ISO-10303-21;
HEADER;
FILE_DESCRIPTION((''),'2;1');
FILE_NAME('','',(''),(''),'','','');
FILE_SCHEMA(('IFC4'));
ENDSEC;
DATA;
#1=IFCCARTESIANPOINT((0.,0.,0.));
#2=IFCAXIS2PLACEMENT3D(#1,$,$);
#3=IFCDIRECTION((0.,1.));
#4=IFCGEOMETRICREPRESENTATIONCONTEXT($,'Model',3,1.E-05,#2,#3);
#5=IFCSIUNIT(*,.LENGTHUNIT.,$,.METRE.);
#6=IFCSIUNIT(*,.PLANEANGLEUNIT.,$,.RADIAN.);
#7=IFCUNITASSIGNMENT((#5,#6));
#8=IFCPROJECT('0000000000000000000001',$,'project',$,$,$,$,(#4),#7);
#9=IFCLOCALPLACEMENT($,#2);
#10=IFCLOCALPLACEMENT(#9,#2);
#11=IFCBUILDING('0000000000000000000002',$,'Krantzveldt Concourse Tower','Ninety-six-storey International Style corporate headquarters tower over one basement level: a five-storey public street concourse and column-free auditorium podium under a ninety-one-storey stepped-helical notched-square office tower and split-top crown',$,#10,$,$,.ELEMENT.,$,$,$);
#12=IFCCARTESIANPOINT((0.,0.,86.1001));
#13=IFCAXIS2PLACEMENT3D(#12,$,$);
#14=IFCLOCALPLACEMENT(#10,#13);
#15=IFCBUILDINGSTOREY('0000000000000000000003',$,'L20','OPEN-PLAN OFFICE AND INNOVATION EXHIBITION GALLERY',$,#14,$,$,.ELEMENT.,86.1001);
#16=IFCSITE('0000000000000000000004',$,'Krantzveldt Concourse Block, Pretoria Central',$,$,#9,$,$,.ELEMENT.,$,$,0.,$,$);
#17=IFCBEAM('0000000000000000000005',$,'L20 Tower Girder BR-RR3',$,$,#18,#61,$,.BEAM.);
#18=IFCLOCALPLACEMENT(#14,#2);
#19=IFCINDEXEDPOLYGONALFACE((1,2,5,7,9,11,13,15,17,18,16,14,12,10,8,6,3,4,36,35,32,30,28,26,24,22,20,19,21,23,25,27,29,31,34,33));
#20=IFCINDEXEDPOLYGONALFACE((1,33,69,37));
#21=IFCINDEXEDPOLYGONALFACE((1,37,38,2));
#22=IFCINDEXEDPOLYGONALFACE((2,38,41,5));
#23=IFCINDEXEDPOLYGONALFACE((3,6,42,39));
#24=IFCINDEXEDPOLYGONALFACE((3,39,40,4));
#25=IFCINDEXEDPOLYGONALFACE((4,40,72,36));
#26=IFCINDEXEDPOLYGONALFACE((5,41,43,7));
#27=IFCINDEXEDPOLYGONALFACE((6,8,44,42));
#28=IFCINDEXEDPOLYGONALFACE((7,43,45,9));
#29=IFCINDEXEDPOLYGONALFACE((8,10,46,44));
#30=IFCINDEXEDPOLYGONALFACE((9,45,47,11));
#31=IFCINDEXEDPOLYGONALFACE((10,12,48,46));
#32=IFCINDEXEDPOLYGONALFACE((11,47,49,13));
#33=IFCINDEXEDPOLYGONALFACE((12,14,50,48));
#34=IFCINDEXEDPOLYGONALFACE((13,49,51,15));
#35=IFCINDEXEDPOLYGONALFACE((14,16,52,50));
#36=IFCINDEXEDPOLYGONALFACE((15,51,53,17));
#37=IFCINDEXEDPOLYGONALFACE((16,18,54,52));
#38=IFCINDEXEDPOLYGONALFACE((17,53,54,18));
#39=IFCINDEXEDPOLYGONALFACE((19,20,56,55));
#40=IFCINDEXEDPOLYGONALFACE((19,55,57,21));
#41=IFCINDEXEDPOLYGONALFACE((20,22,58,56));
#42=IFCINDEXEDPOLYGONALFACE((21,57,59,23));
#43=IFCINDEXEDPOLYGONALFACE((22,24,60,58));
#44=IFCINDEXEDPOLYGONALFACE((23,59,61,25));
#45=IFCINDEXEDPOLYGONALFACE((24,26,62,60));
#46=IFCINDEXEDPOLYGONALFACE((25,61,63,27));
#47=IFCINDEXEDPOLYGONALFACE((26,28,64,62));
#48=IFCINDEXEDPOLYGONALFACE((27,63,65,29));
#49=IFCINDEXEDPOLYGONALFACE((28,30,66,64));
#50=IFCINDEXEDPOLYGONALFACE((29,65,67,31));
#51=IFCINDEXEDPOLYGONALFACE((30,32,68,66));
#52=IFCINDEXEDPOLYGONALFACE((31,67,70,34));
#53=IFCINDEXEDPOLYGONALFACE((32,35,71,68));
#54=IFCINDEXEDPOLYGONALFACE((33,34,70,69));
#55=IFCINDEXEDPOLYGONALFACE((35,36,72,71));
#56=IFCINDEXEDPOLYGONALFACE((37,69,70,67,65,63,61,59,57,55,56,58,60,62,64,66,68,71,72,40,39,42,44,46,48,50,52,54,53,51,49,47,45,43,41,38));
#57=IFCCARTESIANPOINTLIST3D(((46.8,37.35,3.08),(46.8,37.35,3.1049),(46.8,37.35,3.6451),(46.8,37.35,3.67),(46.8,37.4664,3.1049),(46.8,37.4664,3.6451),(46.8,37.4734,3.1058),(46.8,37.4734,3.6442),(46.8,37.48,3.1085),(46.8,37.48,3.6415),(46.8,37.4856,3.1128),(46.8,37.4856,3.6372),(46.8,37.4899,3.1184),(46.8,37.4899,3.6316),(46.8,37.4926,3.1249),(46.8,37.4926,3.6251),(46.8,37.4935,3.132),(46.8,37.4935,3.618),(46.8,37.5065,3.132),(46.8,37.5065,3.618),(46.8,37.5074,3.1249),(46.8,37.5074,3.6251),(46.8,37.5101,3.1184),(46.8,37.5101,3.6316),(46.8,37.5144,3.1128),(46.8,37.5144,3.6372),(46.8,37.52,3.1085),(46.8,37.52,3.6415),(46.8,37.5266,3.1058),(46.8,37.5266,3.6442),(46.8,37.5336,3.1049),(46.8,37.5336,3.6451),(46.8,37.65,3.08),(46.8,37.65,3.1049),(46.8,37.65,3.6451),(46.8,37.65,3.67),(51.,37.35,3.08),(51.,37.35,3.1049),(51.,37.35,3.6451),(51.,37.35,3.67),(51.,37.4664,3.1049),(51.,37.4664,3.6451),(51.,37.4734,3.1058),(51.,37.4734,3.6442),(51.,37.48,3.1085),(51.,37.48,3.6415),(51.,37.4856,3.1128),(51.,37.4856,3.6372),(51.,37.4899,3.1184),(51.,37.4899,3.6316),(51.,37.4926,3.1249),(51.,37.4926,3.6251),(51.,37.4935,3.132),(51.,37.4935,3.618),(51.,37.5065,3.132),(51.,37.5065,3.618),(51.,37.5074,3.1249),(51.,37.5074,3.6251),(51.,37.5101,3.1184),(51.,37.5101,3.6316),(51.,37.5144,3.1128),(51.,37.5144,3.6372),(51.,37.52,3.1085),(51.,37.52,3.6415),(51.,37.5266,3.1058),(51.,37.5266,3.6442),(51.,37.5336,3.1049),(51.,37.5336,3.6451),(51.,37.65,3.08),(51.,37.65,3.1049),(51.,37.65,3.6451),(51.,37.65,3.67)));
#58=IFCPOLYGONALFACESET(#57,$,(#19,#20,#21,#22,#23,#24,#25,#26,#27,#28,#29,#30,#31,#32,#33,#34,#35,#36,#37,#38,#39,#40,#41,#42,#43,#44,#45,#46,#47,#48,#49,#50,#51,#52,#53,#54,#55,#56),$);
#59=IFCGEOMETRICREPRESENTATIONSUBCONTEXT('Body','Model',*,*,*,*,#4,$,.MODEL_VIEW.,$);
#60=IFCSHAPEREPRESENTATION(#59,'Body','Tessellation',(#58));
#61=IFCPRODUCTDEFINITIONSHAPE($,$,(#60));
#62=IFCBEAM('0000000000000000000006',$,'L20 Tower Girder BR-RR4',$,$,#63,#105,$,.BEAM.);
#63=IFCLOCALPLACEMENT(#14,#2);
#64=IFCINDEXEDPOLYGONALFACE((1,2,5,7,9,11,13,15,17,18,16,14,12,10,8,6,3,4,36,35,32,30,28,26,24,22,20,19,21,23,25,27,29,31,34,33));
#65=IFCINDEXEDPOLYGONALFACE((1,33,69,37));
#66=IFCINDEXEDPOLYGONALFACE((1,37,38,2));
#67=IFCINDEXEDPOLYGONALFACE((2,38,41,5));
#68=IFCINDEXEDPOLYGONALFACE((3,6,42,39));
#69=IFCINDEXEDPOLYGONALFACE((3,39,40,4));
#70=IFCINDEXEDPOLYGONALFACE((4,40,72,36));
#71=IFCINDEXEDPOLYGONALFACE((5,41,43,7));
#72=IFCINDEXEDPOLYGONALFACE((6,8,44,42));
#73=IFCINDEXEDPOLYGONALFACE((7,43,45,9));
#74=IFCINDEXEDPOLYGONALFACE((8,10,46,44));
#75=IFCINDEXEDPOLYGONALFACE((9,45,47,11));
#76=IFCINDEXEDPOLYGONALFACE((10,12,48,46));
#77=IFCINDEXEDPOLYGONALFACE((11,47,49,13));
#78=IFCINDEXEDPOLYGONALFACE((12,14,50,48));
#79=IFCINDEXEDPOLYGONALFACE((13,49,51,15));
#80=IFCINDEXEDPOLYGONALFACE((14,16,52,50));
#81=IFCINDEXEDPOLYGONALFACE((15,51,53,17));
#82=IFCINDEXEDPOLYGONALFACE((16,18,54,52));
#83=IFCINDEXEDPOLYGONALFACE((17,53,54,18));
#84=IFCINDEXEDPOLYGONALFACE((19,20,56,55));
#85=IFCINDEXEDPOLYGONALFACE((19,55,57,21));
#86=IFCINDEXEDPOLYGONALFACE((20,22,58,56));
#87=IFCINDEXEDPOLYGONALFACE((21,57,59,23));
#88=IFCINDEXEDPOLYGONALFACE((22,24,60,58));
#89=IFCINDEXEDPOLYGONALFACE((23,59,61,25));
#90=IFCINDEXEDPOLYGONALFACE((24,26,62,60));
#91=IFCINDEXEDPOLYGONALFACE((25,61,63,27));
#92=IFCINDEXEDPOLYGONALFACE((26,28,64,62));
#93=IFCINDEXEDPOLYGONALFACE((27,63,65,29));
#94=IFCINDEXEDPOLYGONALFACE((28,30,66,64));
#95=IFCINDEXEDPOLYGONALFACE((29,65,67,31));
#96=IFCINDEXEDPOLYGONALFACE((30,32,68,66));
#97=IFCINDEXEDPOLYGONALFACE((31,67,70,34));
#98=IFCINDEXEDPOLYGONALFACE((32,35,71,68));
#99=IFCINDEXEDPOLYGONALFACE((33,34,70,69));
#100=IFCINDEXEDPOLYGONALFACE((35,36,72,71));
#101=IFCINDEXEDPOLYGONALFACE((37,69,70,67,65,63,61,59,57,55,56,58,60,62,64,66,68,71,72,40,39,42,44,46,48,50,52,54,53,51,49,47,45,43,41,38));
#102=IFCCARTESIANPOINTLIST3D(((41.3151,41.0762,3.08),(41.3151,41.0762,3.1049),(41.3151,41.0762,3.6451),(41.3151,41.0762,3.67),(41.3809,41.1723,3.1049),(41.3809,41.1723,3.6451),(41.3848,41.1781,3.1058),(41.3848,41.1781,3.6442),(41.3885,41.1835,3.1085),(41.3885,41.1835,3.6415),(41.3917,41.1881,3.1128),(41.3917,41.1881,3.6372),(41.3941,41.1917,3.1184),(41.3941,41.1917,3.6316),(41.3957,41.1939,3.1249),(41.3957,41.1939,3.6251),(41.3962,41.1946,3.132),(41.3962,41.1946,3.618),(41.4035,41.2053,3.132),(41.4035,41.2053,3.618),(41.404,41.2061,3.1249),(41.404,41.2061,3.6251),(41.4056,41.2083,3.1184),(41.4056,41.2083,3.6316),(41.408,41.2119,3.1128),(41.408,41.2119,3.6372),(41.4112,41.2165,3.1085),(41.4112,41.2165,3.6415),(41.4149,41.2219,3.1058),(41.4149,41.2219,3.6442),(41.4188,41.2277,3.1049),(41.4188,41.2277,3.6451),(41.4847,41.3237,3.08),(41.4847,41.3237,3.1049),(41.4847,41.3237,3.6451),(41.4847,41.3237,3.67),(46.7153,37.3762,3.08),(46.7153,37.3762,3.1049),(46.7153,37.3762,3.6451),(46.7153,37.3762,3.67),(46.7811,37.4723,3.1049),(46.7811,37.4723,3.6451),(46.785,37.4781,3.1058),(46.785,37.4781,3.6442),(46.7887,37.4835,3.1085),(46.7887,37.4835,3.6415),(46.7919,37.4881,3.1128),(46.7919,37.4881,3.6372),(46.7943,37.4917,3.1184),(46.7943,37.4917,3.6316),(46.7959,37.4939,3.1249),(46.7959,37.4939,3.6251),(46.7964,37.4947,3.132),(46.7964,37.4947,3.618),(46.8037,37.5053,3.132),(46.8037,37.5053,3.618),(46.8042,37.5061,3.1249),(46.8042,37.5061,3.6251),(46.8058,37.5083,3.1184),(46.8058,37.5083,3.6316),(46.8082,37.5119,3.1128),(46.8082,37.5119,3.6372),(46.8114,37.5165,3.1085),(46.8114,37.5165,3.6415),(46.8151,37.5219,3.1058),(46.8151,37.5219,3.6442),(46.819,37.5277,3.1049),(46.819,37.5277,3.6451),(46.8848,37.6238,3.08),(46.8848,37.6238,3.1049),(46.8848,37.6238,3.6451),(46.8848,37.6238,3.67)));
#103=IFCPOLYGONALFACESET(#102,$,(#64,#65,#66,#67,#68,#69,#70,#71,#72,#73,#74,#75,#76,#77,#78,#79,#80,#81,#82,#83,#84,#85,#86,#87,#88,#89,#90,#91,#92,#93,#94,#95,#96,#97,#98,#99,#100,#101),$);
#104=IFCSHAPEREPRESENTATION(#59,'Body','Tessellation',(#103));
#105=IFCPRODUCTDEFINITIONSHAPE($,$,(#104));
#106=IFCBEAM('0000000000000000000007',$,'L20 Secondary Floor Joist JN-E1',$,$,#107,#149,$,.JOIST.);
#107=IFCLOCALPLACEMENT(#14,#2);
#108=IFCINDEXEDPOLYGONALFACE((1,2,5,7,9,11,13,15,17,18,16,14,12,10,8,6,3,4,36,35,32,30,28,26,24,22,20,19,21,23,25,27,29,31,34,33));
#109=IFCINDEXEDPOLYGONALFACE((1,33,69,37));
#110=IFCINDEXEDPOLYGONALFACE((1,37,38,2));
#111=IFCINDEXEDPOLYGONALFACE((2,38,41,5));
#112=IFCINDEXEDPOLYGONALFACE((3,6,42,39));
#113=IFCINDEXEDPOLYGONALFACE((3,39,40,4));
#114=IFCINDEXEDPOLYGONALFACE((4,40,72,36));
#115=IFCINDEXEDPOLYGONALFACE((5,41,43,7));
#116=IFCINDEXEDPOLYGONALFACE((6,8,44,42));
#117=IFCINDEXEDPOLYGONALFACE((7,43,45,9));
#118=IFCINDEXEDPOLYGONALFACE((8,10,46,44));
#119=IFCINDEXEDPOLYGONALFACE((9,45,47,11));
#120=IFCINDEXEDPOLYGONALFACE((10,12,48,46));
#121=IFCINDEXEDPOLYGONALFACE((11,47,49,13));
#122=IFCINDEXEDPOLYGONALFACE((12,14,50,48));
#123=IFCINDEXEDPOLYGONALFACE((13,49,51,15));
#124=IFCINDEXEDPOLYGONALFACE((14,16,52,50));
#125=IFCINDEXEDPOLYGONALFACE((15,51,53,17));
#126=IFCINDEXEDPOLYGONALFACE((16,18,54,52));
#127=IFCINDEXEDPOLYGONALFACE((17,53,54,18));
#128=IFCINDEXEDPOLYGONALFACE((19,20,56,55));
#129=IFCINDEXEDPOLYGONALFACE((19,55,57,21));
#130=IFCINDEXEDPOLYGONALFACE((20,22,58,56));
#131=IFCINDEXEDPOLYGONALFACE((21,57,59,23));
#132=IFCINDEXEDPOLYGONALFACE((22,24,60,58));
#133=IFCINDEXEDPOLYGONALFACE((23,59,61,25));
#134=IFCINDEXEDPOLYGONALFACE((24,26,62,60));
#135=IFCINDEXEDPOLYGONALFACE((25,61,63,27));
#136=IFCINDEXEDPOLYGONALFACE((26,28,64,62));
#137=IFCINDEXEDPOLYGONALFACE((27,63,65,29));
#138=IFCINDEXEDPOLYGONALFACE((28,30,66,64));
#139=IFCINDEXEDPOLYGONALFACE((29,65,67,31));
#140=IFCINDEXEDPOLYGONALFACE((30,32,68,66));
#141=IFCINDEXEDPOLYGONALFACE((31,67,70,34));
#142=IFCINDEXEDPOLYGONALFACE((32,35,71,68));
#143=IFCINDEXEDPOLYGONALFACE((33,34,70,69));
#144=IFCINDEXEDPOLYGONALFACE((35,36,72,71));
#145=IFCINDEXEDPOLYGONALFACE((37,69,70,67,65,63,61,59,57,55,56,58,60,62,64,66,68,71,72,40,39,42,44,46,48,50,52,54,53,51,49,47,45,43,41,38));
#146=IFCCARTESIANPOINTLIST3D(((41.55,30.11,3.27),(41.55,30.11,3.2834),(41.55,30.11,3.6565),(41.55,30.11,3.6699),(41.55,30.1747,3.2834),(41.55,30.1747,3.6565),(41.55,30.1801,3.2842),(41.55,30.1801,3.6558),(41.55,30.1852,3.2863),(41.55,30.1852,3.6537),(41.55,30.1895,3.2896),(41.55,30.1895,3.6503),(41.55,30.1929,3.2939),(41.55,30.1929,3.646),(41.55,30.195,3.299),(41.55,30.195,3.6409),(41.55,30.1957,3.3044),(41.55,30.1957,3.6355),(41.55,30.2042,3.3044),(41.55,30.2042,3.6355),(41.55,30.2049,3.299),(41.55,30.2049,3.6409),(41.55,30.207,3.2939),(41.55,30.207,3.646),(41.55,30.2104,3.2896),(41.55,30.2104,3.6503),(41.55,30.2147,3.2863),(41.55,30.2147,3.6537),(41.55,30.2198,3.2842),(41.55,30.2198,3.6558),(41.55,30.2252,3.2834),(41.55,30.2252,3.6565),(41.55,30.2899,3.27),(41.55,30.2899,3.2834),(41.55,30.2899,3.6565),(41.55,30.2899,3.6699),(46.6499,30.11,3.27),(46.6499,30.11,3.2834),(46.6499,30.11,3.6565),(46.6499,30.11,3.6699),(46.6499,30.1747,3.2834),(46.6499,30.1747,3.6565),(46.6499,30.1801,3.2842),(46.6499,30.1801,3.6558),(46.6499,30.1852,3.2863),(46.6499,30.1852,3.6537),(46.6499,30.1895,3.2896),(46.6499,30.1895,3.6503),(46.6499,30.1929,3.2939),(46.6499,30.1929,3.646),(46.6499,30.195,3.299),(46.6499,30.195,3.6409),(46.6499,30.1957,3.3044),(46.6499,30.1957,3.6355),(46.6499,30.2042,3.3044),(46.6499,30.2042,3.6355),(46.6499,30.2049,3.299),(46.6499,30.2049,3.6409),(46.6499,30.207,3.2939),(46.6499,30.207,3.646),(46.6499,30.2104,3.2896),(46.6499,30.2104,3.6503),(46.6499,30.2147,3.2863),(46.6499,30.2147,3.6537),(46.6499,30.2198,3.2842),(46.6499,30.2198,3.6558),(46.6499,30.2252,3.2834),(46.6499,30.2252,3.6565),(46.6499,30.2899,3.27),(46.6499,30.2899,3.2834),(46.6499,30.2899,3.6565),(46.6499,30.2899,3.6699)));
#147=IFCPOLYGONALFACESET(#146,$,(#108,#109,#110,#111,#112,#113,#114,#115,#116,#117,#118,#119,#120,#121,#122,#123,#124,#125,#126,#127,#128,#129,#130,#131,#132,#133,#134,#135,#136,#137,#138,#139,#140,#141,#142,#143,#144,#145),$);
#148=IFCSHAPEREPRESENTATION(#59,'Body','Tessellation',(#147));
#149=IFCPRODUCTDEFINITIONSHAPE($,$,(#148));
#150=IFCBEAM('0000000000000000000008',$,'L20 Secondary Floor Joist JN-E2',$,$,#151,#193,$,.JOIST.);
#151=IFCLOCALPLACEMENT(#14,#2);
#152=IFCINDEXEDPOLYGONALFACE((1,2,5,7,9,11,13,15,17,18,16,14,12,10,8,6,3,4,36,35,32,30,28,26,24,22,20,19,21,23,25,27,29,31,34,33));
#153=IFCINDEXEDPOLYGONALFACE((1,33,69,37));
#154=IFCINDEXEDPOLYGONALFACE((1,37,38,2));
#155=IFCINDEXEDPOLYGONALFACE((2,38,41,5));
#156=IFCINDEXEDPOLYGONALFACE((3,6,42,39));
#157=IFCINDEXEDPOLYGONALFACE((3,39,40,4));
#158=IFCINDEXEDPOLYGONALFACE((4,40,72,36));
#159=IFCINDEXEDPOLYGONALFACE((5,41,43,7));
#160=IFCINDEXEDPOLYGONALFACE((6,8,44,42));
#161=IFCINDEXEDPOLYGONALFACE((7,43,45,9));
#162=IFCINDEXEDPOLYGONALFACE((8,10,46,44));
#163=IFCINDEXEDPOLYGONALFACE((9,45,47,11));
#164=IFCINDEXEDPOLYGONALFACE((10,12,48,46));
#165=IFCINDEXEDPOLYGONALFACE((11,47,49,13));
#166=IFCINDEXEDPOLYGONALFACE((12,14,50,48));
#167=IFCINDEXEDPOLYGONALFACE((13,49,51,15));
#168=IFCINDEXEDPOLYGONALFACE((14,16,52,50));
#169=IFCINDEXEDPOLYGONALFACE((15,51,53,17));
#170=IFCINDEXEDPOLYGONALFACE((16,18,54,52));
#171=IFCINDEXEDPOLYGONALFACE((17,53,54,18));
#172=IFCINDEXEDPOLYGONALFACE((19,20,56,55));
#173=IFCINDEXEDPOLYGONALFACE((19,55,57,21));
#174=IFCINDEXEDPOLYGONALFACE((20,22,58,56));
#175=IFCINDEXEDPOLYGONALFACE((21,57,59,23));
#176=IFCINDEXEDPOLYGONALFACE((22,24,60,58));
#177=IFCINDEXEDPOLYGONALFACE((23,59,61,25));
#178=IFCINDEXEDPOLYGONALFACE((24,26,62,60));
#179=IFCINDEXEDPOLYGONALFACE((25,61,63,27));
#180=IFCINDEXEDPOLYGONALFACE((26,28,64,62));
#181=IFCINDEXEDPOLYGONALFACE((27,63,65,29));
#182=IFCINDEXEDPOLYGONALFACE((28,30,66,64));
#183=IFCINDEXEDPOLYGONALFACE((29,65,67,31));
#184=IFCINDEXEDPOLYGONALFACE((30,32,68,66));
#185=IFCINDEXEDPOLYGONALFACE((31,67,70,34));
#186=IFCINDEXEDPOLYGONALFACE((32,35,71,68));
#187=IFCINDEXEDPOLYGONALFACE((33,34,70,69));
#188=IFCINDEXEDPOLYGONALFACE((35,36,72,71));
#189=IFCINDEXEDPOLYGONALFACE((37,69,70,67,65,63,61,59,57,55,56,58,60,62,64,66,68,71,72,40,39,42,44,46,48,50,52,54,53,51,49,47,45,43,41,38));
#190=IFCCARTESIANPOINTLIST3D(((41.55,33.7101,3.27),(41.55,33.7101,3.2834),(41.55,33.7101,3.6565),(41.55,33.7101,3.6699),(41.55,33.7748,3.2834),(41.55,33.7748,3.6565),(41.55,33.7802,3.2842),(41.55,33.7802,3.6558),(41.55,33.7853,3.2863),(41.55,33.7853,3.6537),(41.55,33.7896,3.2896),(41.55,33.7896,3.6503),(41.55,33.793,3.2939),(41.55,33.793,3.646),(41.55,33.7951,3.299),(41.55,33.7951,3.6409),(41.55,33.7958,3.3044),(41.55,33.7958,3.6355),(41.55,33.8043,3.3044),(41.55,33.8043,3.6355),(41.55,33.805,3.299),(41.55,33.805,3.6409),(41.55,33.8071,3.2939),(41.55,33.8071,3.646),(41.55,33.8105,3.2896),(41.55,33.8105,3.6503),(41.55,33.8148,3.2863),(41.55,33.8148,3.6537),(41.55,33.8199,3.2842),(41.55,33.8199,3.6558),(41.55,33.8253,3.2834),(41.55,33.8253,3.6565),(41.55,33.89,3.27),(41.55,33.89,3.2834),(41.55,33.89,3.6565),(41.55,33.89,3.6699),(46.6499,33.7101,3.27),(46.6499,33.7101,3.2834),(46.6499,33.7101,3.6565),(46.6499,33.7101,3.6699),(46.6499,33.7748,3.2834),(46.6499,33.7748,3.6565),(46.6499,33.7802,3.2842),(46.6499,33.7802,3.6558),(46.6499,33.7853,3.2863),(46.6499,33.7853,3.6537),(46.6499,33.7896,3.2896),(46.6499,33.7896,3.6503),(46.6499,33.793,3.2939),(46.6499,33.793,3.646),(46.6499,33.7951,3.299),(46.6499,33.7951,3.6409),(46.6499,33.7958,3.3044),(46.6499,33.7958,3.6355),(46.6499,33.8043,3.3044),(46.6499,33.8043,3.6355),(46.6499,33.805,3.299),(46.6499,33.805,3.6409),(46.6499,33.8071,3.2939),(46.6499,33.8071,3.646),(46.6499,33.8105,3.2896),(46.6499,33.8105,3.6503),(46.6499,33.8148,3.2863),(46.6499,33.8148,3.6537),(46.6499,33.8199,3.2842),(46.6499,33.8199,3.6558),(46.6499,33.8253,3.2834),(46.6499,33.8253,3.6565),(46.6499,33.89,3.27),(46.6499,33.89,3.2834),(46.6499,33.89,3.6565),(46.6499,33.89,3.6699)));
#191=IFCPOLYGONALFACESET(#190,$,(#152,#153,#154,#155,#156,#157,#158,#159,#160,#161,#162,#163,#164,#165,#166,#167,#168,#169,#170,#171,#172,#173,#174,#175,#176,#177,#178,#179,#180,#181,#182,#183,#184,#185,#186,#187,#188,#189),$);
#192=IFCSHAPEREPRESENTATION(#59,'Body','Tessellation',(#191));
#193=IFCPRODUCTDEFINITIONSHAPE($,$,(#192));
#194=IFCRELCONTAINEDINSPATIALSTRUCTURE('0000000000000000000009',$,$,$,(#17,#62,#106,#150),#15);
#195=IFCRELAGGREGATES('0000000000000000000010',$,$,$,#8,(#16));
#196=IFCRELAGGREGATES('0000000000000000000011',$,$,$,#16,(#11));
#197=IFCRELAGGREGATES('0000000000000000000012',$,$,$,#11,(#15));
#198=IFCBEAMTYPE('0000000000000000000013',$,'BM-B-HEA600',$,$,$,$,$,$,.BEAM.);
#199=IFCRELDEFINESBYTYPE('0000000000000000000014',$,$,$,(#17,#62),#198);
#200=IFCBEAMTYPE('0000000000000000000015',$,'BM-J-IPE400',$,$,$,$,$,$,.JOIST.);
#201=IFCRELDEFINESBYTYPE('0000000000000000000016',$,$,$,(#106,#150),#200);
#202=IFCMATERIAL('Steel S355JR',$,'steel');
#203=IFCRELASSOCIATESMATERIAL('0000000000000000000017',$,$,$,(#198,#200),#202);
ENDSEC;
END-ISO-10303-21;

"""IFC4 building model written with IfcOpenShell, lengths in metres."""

from ifc_helpers import new_model, si_unit, direction, frame, origin, origin_2d, place, context, subcontext, project, spatial, i_section, extrude, source, transform, mapped, material, material_profile, profile_set, type_object, type_shapes, element, save


model = new_model("IFC4")

# Units and contexts
model_context = context("Model", 3, precision=1e-05, world=origin(), true_north=direction((0.0, 1.0)))
body_context = subcontext(model_context, "Body", "Model", "MODEL_VIEW")
ifc_project = project(units=[si_unit("LENGTHUNIT", "METRE"), si_unit("PLANEANGLEUNIT", "RADIAN")], contexts=[model_context])

# Site, building, storey
site_placement = place(None, origin())
site = spatial("IfcSite", under=ifc_project, at=site_placement, Name="Krantzveldt Concourse Block, Pretoria Central", CompositionType="ELEMENT", RefElevation=0.0)
building_placement = place(site_placement, origin())
building = spatial("IfcBuilding", under=site, at=building_placement, Name="Krantzveldt Concourse Tower", Description="Ninety-six-storey International Style corporate headquarters tower over one basement level: a five-storey public street concourse and column-free auditorium podium under a ninety-one-storey stepped-helical notched-square office tower and split-top crown", CompositionType="ELEMENT")
storey_placement = place(building_placement, frame((0.0, 0.0, 86.1001)))
storey = spatial("IfcBuildingStorey", under=building, at=storey_placement, Name="L20", Description="OPEN-PLAN OFFICE AND INNOVATION EXHIBITION GALLERY", CompositionType="ELEMENT", Elevation=86.1001)

# Beams
ifc_material_1 = material(Name="Steel S355JR", Category="steel")
ifc_material_profile_1 = material_profile(ifc_material_1, i_section(OverallWidth=0.3, OverallDepth=0.5901, WebThickness=0.0129, FlangeThickness=0.0249, FilletRadius=0.0271, at=origin_2d()), Name="Steel S355JR", Category="steel")
ifc_profile_set_1 = profile_set([ifc_material_profile_1], Name="Steel S355JR - HEA 600")
beam_type_1 = type_object("IfcBeamType", Name="BM-B-HEA600", PredefinedType="BEAM", material=ifc_profile_set_1)
shared_shape_1 = source(origin(), body_context, "Body", "SweptSolid", [
    extrude(i_section(OverallWidth=0.3, OverallDepth=0.5901, WebThickness=0.0129, FlangeThickness=0.0249, FilletRadius=0.0271, at=origin_2d()), origin(), (0.0, 0.0, 1.0), 4.2),
])
beam_1_placement = place(storey_placement, frame((46.8, 37.5, 3.375), z_axis=(1.0, 0.0, 0.0), x_axis=(0.0, 1.0, 0.0)))
element("IfcBeam", 1, at=beam_1_placement, inside=storey, type_object=beam_type_1, Name="L20 Tower Girder BR-RR3", PredefinedType="BEAM", context=body_context, shape_type="MappedRepresentation", body=[
    mapped(shared_shape_1, transform((0.0, 0.0, 0.0), x_axis=(1.0, 0.0, 0.0), y_axis=(0.0, 1.0, 0.0), z_axis=(0.0, 0.0, 1.0), scale=1.0)),
])
shared_shape_2 = source(origin(), body_context, "Body", "SweptSolid", [
    extrude(i_section(OverallWidth=0.3, OverallDepth=0.5901, WebThickness=0.0129, FlangeThickness=0.0249, FilletRadius=0.0271, at=origin_2d()), origin(), (0.0, 0.0, 1.0), 6.5461),
])
beam_2_placement = place(storey_placement, frame((46.8, 37.5, 3.375), z_axis=(-0.824943, 0.565216, 0.0), x_axis=(-0.565216, -0.824943, 0.0)))
element("IfcBeam", 2, at=beam_2_placement, inside=storey, type_object=beam_type_1, Name="L20 Tower Girder BR-RR4", PredefinedType="BEAM", context=body_context, shape_type="MappedRepresentation", body=[
    mapped(shared_shape_2, transform((0.0, 0.0, 0.0), x_axis=(1.0, 0.0, 0.0), y_axis=(0.0, 1.0, 0.0), z_axis=(0.0, 0.0, 1.0), scale=1.0)),
])
ifc_material_profile_2 = material_profile(ifc_material_1, i_section(OverallWidth=0.1799, OverallDepth=0.3999, WebThickness=0.0085, FlangeThickness=0.0134, FilletRadius=0.021, at=origin_2d()), Name="Steel S355JR", Category="steel")
ifc_profile_set_2 = profile_set([ifc_material_profile_2], Name="Steel S355JR - IPE 400")
beam_type_2 = type_object("IfcBeamType", Name="BM-J-IPE400", PredefinedType="JOIST", material=ifc_profile_set_2)
shared_shape_3 = source(origin(), body_context, "Body", "SweptSolid", [
    extrude(i_section(OverallWidth=0.1799, OverallDepth=0.3999, WebThickness=0.0085, FlangeThickness=0.0134, FilletRadius=0.021, at=origin_2d()), origin(), (0.0, 0.0, 1.0), 5.0999),
])
type_shapes(beam_type_2, [shared_shape_3])
for number, where, z_axis, x_axis, name in (
    (3, (41.55, 30.2, 3.47), (1.0, 0.0, 0.0), (0.0, 1.0, 0.0), "L20 Secondary Floor Joist JN-E1"),
    (4, (41.55, 33.8, 3.47), (1.0, 0.0, 0.0), (0.0, 1.0, 0.0), "L20 Secondary Floor Joist JN-E2"),
):
    element("IfcBeam", number, at=place(storey_placement, frame(where, z_axis=z_axis, x_axis=x_axis)), inside=storey, type_object=beam_type_2, Name=name, PredefinedType="JOIST", context=body_context, shape_type="MappedRepresentation", body=[
        mapped(shared_shape_3, transform((0.0, 0.0, 0.0), x_axis=(1.0, 0.0, 0.0), y_axis=(0.0, 1.0, 0.0), z_axis=(0.0, 0.0, 1.0), scale=1.0)),
    ])

save(model, "model.ifc")
